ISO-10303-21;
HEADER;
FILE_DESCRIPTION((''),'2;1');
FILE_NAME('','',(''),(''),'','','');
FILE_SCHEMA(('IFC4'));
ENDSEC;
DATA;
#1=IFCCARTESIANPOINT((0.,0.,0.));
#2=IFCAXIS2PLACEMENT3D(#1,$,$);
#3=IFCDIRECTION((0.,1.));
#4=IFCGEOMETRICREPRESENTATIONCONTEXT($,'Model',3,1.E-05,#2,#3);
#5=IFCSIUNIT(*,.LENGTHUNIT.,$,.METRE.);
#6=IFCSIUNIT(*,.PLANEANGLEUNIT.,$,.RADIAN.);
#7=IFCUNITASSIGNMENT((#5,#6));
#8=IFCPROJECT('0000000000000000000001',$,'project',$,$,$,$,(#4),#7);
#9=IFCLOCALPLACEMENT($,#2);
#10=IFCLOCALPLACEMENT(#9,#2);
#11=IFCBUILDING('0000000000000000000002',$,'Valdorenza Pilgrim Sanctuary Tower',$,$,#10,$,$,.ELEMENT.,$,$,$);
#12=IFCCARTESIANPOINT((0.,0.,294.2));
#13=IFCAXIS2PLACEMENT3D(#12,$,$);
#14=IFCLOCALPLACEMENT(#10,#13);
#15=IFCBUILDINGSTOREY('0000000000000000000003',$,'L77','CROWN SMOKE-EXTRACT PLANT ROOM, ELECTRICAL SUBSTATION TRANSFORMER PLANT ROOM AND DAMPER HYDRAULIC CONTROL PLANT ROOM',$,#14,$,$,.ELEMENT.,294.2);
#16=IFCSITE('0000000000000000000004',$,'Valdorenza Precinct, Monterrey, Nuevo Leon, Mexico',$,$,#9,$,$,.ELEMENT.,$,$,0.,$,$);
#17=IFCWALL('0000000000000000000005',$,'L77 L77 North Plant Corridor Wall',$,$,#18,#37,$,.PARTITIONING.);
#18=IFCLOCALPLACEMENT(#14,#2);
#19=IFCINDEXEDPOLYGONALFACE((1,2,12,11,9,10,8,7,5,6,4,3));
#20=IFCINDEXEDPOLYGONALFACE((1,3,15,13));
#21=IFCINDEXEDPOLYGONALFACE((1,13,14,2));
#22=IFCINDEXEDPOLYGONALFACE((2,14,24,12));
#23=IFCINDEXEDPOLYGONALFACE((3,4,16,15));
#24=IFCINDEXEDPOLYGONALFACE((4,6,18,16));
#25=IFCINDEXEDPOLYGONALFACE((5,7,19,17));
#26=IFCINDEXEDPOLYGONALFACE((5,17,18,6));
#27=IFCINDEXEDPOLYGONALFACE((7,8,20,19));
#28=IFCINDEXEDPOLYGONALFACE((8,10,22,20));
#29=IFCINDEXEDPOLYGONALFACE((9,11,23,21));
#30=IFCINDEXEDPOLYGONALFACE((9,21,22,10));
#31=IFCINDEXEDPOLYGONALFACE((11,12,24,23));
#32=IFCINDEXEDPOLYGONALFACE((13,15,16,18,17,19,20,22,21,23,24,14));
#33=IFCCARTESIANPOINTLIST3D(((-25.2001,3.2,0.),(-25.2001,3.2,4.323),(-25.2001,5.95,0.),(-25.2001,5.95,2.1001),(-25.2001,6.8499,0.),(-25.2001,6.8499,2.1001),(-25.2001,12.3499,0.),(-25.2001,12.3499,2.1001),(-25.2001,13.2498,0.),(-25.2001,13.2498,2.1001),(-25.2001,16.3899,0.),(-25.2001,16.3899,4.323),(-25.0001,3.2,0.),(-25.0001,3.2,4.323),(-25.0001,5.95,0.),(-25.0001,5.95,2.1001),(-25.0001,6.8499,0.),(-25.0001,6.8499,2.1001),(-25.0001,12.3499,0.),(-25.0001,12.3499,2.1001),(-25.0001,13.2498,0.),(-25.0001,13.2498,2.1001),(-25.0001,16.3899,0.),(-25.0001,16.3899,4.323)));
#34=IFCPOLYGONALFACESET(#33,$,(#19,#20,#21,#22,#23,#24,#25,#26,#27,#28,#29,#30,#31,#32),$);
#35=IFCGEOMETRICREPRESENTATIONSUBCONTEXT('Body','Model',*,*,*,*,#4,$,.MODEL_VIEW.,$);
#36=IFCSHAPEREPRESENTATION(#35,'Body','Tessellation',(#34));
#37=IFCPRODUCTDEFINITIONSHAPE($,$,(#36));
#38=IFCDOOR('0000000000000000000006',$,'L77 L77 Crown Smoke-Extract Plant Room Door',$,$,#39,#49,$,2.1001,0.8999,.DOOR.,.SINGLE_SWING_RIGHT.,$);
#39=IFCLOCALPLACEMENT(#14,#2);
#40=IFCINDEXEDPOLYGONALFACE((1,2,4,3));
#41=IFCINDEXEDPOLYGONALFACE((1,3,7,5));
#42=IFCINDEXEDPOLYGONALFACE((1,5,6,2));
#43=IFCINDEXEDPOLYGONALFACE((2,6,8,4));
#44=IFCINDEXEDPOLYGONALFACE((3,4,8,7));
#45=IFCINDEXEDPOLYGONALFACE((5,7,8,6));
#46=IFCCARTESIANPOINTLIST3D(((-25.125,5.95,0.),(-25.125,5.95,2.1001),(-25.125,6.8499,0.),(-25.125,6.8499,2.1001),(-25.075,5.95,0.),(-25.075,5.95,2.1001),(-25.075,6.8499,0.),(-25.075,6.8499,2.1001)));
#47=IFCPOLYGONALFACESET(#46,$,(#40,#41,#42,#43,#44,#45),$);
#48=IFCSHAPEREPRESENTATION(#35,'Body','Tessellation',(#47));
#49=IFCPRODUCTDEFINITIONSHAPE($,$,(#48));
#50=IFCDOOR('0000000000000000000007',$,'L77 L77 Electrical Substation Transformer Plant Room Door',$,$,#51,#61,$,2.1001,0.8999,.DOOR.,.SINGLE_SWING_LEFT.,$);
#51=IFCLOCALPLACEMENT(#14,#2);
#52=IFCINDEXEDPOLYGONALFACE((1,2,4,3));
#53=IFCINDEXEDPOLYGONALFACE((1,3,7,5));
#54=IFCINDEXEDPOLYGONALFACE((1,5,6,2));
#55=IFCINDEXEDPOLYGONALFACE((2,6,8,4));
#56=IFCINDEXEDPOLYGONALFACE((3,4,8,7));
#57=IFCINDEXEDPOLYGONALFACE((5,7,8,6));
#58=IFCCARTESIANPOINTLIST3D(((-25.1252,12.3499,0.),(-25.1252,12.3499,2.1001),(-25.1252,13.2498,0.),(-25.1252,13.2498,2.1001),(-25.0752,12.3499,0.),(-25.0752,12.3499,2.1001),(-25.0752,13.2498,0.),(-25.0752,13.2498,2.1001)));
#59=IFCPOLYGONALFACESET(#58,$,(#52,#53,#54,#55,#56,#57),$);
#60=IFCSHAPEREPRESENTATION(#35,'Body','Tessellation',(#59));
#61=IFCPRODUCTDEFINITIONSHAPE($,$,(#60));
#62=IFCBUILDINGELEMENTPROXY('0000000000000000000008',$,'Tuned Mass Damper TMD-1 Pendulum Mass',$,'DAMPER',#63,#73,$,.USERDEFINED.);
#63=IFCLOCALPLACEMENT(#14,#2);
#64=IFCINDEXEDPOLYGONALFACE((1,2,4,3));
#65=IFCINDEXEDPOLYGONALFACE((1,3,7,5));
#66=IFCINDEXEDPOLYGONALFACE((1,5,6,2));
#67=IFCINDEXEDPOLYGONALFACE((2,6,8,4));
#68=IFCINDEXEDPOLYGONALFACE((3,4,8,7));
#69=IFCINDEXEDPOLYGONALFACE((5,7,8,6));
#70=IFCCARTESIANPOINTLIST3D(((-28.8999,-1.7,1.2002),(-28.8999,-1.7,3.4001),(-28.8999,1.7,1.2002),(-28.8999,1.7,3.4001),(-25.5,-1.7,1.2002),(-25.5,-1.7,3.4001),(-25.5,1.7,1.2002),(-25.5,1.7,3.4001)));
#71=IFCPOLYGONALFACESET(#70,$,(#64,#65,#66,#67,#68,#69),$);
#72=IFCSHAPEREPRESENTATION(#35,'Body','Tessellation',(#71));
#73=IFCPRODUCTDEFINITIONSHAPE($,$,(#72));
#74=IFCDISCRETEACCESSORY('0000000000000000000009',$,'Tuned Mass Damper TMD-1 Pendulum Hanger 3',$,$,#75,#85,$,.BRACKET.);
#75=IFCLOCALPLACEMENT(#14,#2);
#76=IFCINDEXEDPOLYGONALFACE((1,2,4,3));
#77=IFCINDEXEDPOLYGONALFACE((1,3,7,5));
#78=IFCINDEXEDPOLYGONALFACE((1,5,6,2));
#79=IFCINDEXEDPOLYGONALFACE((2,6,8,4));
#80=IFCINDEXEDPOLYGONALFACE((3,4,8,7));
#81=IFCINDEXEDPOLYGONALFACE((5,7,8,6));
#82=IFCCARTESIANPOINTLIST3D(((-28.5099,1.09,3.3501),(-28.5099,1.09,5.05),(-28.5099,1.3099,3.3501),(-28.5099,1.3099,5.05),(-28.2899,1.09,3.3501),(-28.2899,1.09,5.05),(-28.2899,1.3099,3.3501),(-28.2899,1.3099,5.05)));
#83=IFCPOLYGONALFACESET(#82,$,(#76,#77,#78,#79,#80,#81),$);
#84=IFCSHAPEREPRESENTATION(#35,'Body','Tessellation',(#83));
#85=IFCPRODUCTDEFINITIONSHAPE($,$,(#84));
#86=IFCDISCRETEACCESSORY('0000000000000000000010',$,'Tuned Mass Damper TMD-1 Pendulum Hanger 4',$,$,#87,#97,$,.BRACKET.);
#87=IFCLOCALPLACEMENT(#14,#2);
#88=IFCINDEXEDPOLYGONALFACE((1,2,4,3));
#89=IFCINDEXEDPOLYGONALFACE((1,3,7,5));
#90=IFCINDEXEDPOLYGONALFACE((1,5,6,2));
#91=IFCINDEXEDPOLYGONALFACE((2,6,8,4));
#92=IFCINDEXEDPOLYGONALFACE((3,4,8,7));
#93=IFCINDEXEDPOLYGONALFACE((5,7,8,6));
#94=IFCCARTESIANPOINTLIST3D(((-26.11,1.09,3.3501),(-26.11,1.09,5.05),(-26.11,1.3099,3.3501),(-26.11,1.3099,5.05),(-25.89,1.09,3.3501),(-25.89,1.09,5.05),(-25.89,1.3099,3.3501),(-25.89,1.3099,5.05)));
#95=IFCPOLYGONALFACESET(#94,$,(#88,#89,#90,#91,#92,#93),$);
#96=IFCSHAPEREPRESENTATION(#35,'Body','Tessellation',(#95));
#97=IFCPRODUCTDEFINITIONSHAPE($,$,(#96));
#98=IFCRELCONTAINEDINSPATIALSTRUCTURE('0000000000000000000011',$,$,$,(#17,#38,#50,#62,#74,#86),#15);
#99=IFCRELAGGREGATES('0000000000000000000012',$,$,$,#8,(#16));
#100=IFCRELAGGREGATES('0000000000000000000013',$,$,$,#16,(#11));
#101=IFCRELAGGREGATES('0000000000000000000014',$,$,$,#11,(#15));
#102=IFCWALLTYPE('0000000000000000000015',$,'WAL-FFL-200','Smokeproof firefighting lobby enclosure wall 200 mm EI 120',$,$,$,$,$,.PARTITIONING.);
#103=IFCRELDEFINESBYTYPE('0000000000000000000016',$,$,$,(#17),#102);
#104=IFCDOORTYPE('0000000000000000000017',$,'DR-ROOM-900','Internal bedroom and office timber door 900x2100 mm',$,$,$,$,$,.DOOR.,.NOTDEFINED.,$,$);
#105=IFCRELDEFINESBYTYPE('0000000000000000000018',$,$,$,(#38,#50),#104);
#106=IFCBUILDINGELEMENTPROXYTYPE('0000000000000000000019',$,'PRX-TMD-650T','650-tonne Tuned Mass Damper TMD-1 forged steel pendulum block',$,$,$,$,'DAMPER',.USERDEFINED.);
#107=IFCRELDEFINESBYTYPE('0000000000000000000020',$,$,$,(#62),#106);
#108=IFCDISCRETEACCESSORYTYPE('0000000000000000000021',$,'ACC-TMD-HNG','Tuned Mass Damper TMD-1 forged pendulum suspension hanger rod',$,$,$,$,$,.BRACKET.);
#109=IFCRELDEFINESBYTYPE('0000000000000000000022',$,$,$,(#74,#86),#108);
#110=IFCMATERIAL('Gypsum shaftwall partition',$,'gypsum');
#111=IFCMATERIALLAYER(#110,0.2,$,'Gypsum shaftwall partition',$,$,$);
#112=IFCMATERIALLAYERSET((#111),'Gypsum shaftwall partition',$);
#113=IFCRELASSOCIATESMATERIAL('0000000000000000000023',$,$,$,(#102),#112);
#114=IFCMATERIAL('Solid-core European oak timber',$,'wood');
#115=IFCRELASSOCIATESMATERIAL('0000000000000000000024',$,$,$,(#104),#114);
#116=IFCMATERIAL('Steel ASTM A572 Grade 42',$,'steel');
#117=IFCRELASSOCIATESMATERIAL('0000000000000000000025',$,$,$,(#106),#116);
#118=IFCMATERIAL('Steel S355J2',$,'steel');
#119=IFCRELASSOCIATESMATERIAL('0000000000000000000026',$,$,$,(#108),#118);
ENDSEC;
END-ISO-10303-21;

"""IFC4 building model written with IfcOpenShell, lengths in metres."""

from ifc_helpers import new_model, si_unit, direction, frame, frame_2d, origin, origin_2d, place, context, subcontext, project, spatial, rectangle, extrude, source, transform, mapped, material, layer, layer_set, type_object, element, fill, save


model = new_model("IFC4")

# Units and contexts
model_context = context("Model", 3, precision=1e-05, world=origin(), true_north=direction((0.0, 1.0)))
body_context = subcontext(model_context, "Body", "Model", "MODEL_VIEW")
ifc_project = project(units=[si_unit("LENGTHUNIT", "METRE"), si_unit("PLANEANGLEUNIT", "RADIAN")], contexts=[model_context])

# Site, building, storey
site_placement = place(None, origin())
site = spatial("IfcSite", under=ifc_project, at=site_placement, Name="Valdorenza Precinct, Monterrey, Nuevo Leon, Mexico", CompositionType="ELEMENT", RefElevation=0.0)
building_placement = place(site_placement, origin())
building = spatial("IfcBuilding", under=site, at=building_placement, Name="Valdorenza Pilgrim Sanctuary Tower", CompositionType="ELEMENT")
storey_placement = place(building_placement, frame((0.0, 0.0, 294.2)))
storey = spatial("IfcBuildingStorey", under=building, at=storey_placement, Name="L77", Description="CROWN SMOKE-EXTRACT PLANT ROOM, ELECTRICAL SUBSTATION TRANSFORMER PLANT ROOM AND DAMPER HYDRAULIC CONTROL PLANT ROOM", CompositionType="ELEMENT", Elevation=294.2)

# Shared definitions
ifc_material_1 = material(Name="Steel S355J2", Category="steel")

# Shared definitions
ifc_material_2 = material(Name="Steel ASTM A572 Grade 42", Category="steel")

# Shared definitions
ifc_material_3 = material(Name="Gypsum shaftwall partition", Category="gypsum")
ifc_layer_1 = layer(ifc_material_3, 0.2, Name="Gypsum shaftwall partition")
ifc_layer_set_1 = layer_set([ifc_layer_1], Name="Gypsum shaftwall partition")
wall_type = type_object("IfcWallType", Name="WAL-FFL-200", Description="Smokeproof firefighting lobby enclosure wall 200 mm EI 120", PredefinedType="PARTITIONING", material=ifc_layer_set_1)

# Wall, openings, doors
wall_1_placement = place(storey_placement, frame((-25.1001, 3.2, 0.0), z_axis=(0.0, 0.0, 1.0), x_axis=(0.0, 1.0, 0.0)))
wall_1 = element("IfcWall", 1, at=wall_1_placement, inside=storey, type_object=wall_type, Name="L77 L77 North Plant Corridor Wall", PredefinedType="PARTITIONING", context=body_context, shape_type="SweptSolid", body=[
    extrude(rectangle(XDim=13.1899, YDim=0.2, at=frame_2d((6.595, 0.0))), origin(), (0.0, 0.0, 1.0), 4.323),
])
opening_1_placement = place(wall_1_placement, frame((2.75, 0.0, 0.0)))
opening_1 = element("IfcOpeningElement", 2, at=opening_1_placement, cuts=wall_1, PredefinedType="OPENING", context=body_context, shape_type="SweptSolid", body=[
    extrude(rectangle(XDim=0.8999, YDim=2.1001, at=frame_2d((0.45, 1.05))), frame((0.0, 0.1147, 0.0), z_axis=(0.0, -1.0, 0.0), x_axis=(1.0, 0.0, 0.0)), (0.0, 0.0, 1.0), 0.2297),
])
opening_2_placement = place(wall_1_placement, frame((9.1499, 0.0, 0.0)))
opening_2 = element("IfcOpeningElement", 3, at=opening_2_placement, cuts=wall_1, PredefinedType="OPENING", context=body_context, shape_type="SweptSolid", body=[
    extrude(rectangle(XDim=0.8999, YDim=2.1001, at=frame_2d((0.45, 1.05))), frame((0.0, 0.1147, 0.0), z_axis=(0.0, -1.0, 0.0), x_axis=(1.0, 0.0, 0.0)), (0.0, 0.0, 1.0), 0.2297),
])
ifc_material_4 = material(Name="Solid-core European oak timber", Category="wood")
door_type = type_object("IfcDoorType", Name="DR-ROOM-900", Description="Internal bedroom and office timber door 900x2100 mm", OperationType="NOTDEFINED", PredefinedType="DOOR", material=ifc_material_4)
door_1_placement = place(opening_1_placement, origin())
door_1 = element("IfcDoor", 4, at=door_1_placement, inside=storey, type_object=door_type, Name="L77 L77 Crown Smoke-Extract Plant Room Door", OperationType="SINGLE_SWING_RIGHT", OverallHeight=2.1001, OverallWidth=0.8999, PredefinedType="DOOR", context=body_context, shape_type="SweptSolid", body=[
    extrude(rectangle(XDim=0.8999, YDim=2.1001, at=frame_2d((0.45, 1.05))), frame((0.0, 0.0249, 0.0), z_axis=(0.0, -1.0, 0.0), x_axis=(1.0, 0.0, 0.0)), (0.0, 0.0, 1.0), 0.05),
])
fill(opening_1, door_1)
door_2_placement = place(opening_2_placement, frame((0.8999, 0.0, 0.0), z_axis=(0.0, 0.0, 1.0), x_axis=(-1.0, 0.0, 0.0)))
door_2 = element("IfcDoor", 5, at=door_2_placement, inside=storey, type_object=door_type, Name="L77 L77 Electrical Substation Transformer Plant Room Door", OperationType="SINGLE_SWING_LEFT", OverallHeight=2.1001, OverallWidth=0.8999, PredefinedType="DOOR", context=body_context, shape_type="SweptSolid", body=[
    extrude(rectangle(XDim=0.8999, YDim=2.1001, at=frame_2d((0.45, 1.05))), frame((0.0, 0.0249, 0.0), z_axis=(0.0, -1.0, 0.0), x_axis=(1.0, 0.0, 0.0)), (0.0, 0.0, 1.0), 0.05),
])
fill(opening_2, door_2)

# Building element proxy
building_element_proxy_type = type_object("IfcBuildingElementProxyType", Name="PRX-TMD-650T", Description="650-tonne Tuned Mass Damper TMD-1 forged steel pendulum block", ElementType="DAMPER", PredefinedType="USERDEFINED", material=ifc_material_2)
shared_shape_1 = source(origin(), body_context, "Body", "SweptSolid", [
    extrude(rectangle(XDim=3.3999, YDim=3.3999, at=origin_2d()), origin(), (0.0, 0.0, 1.0), 2.2),
])
proxy_placement = place(storey_placement, frame((-27.2, 0.0, 1.2002), z_axis=(0.0, 0.0, 1.0), x_axis=(1.0, 0.0, 0.0)))
element("IfcBuildingElementProxy", 6, at=proxy_placement, inside=storey, type_object=building_element_proxy_type, Name="Tuned Mass Damper TMD-1 Pendulum Mass", ObjectType="DAMPER", PredefinedType="USERDEFINED", context=body_context, shape_type="MappedRepresentation", body=[
    mapped(shared_shape_1, transform((0.0, 0.0, 0.0), x_axis=(1.0, 0.0, 0.0), y_axis=(0.0, 1.0, 0.0), z_axis=(0.0, 0.0, 1.0), scale=1.0)),
])

# Discrete accessories
discrete_accessory_type = type_object("IfcDiscreteAccessoryType", Name="ACC-TMD-HNG", Description="Tuned Mass Damper TMD-1 forged pendulum suspension hanger rod", PredefinedType="BRACKET", material=ifc_material_1)
shared_shape_2 = source(origin(), body_context, "Body", "SweptSolid", [
    extrude(rectangle(XDim=0.22, YDim=0.22, at=origin_2d()), origin(), (0.0, 0.0, 1.0), 1.7),
])
for number, where, z_axis, x_axis, name in (
    (7, (-28.3999, 1.2, 3.3501), (0.0, 0.0, 1.0), (1.0, 0.0, 0.0), "Tuned Mass Damper TMD-1 Pendulum Hanger 3"),
    (8, (-26.0, 1.2, 3.3501), (0.0, 0.0, 1.0), (1.0, 0.0, 0.0), "Tuned Mass Damper TMD-1 Pendulum Hanger 4"),
):
    element("IfcDiscreteAccessory", number, at=place(storey_placement, frame(where, z_axis=z_axis, x_axis=x_axis)), inside=storey, type_object=discrete_accessory_type, Name=name, PredefinedType="BRACKET", context=body_context, shape_type="MappedRepresentation", body=[
        mapped(shared_shape_2, transform((0.0, 0.0, 0.0), x_axis=(1.0, 0.0, 0.0), y_axis=(0.0, 1.0, 0.0), z_axis=(0.0, 0.0, 1.0), scale=1.0)),
    ])

save(model, "model.ifc")
